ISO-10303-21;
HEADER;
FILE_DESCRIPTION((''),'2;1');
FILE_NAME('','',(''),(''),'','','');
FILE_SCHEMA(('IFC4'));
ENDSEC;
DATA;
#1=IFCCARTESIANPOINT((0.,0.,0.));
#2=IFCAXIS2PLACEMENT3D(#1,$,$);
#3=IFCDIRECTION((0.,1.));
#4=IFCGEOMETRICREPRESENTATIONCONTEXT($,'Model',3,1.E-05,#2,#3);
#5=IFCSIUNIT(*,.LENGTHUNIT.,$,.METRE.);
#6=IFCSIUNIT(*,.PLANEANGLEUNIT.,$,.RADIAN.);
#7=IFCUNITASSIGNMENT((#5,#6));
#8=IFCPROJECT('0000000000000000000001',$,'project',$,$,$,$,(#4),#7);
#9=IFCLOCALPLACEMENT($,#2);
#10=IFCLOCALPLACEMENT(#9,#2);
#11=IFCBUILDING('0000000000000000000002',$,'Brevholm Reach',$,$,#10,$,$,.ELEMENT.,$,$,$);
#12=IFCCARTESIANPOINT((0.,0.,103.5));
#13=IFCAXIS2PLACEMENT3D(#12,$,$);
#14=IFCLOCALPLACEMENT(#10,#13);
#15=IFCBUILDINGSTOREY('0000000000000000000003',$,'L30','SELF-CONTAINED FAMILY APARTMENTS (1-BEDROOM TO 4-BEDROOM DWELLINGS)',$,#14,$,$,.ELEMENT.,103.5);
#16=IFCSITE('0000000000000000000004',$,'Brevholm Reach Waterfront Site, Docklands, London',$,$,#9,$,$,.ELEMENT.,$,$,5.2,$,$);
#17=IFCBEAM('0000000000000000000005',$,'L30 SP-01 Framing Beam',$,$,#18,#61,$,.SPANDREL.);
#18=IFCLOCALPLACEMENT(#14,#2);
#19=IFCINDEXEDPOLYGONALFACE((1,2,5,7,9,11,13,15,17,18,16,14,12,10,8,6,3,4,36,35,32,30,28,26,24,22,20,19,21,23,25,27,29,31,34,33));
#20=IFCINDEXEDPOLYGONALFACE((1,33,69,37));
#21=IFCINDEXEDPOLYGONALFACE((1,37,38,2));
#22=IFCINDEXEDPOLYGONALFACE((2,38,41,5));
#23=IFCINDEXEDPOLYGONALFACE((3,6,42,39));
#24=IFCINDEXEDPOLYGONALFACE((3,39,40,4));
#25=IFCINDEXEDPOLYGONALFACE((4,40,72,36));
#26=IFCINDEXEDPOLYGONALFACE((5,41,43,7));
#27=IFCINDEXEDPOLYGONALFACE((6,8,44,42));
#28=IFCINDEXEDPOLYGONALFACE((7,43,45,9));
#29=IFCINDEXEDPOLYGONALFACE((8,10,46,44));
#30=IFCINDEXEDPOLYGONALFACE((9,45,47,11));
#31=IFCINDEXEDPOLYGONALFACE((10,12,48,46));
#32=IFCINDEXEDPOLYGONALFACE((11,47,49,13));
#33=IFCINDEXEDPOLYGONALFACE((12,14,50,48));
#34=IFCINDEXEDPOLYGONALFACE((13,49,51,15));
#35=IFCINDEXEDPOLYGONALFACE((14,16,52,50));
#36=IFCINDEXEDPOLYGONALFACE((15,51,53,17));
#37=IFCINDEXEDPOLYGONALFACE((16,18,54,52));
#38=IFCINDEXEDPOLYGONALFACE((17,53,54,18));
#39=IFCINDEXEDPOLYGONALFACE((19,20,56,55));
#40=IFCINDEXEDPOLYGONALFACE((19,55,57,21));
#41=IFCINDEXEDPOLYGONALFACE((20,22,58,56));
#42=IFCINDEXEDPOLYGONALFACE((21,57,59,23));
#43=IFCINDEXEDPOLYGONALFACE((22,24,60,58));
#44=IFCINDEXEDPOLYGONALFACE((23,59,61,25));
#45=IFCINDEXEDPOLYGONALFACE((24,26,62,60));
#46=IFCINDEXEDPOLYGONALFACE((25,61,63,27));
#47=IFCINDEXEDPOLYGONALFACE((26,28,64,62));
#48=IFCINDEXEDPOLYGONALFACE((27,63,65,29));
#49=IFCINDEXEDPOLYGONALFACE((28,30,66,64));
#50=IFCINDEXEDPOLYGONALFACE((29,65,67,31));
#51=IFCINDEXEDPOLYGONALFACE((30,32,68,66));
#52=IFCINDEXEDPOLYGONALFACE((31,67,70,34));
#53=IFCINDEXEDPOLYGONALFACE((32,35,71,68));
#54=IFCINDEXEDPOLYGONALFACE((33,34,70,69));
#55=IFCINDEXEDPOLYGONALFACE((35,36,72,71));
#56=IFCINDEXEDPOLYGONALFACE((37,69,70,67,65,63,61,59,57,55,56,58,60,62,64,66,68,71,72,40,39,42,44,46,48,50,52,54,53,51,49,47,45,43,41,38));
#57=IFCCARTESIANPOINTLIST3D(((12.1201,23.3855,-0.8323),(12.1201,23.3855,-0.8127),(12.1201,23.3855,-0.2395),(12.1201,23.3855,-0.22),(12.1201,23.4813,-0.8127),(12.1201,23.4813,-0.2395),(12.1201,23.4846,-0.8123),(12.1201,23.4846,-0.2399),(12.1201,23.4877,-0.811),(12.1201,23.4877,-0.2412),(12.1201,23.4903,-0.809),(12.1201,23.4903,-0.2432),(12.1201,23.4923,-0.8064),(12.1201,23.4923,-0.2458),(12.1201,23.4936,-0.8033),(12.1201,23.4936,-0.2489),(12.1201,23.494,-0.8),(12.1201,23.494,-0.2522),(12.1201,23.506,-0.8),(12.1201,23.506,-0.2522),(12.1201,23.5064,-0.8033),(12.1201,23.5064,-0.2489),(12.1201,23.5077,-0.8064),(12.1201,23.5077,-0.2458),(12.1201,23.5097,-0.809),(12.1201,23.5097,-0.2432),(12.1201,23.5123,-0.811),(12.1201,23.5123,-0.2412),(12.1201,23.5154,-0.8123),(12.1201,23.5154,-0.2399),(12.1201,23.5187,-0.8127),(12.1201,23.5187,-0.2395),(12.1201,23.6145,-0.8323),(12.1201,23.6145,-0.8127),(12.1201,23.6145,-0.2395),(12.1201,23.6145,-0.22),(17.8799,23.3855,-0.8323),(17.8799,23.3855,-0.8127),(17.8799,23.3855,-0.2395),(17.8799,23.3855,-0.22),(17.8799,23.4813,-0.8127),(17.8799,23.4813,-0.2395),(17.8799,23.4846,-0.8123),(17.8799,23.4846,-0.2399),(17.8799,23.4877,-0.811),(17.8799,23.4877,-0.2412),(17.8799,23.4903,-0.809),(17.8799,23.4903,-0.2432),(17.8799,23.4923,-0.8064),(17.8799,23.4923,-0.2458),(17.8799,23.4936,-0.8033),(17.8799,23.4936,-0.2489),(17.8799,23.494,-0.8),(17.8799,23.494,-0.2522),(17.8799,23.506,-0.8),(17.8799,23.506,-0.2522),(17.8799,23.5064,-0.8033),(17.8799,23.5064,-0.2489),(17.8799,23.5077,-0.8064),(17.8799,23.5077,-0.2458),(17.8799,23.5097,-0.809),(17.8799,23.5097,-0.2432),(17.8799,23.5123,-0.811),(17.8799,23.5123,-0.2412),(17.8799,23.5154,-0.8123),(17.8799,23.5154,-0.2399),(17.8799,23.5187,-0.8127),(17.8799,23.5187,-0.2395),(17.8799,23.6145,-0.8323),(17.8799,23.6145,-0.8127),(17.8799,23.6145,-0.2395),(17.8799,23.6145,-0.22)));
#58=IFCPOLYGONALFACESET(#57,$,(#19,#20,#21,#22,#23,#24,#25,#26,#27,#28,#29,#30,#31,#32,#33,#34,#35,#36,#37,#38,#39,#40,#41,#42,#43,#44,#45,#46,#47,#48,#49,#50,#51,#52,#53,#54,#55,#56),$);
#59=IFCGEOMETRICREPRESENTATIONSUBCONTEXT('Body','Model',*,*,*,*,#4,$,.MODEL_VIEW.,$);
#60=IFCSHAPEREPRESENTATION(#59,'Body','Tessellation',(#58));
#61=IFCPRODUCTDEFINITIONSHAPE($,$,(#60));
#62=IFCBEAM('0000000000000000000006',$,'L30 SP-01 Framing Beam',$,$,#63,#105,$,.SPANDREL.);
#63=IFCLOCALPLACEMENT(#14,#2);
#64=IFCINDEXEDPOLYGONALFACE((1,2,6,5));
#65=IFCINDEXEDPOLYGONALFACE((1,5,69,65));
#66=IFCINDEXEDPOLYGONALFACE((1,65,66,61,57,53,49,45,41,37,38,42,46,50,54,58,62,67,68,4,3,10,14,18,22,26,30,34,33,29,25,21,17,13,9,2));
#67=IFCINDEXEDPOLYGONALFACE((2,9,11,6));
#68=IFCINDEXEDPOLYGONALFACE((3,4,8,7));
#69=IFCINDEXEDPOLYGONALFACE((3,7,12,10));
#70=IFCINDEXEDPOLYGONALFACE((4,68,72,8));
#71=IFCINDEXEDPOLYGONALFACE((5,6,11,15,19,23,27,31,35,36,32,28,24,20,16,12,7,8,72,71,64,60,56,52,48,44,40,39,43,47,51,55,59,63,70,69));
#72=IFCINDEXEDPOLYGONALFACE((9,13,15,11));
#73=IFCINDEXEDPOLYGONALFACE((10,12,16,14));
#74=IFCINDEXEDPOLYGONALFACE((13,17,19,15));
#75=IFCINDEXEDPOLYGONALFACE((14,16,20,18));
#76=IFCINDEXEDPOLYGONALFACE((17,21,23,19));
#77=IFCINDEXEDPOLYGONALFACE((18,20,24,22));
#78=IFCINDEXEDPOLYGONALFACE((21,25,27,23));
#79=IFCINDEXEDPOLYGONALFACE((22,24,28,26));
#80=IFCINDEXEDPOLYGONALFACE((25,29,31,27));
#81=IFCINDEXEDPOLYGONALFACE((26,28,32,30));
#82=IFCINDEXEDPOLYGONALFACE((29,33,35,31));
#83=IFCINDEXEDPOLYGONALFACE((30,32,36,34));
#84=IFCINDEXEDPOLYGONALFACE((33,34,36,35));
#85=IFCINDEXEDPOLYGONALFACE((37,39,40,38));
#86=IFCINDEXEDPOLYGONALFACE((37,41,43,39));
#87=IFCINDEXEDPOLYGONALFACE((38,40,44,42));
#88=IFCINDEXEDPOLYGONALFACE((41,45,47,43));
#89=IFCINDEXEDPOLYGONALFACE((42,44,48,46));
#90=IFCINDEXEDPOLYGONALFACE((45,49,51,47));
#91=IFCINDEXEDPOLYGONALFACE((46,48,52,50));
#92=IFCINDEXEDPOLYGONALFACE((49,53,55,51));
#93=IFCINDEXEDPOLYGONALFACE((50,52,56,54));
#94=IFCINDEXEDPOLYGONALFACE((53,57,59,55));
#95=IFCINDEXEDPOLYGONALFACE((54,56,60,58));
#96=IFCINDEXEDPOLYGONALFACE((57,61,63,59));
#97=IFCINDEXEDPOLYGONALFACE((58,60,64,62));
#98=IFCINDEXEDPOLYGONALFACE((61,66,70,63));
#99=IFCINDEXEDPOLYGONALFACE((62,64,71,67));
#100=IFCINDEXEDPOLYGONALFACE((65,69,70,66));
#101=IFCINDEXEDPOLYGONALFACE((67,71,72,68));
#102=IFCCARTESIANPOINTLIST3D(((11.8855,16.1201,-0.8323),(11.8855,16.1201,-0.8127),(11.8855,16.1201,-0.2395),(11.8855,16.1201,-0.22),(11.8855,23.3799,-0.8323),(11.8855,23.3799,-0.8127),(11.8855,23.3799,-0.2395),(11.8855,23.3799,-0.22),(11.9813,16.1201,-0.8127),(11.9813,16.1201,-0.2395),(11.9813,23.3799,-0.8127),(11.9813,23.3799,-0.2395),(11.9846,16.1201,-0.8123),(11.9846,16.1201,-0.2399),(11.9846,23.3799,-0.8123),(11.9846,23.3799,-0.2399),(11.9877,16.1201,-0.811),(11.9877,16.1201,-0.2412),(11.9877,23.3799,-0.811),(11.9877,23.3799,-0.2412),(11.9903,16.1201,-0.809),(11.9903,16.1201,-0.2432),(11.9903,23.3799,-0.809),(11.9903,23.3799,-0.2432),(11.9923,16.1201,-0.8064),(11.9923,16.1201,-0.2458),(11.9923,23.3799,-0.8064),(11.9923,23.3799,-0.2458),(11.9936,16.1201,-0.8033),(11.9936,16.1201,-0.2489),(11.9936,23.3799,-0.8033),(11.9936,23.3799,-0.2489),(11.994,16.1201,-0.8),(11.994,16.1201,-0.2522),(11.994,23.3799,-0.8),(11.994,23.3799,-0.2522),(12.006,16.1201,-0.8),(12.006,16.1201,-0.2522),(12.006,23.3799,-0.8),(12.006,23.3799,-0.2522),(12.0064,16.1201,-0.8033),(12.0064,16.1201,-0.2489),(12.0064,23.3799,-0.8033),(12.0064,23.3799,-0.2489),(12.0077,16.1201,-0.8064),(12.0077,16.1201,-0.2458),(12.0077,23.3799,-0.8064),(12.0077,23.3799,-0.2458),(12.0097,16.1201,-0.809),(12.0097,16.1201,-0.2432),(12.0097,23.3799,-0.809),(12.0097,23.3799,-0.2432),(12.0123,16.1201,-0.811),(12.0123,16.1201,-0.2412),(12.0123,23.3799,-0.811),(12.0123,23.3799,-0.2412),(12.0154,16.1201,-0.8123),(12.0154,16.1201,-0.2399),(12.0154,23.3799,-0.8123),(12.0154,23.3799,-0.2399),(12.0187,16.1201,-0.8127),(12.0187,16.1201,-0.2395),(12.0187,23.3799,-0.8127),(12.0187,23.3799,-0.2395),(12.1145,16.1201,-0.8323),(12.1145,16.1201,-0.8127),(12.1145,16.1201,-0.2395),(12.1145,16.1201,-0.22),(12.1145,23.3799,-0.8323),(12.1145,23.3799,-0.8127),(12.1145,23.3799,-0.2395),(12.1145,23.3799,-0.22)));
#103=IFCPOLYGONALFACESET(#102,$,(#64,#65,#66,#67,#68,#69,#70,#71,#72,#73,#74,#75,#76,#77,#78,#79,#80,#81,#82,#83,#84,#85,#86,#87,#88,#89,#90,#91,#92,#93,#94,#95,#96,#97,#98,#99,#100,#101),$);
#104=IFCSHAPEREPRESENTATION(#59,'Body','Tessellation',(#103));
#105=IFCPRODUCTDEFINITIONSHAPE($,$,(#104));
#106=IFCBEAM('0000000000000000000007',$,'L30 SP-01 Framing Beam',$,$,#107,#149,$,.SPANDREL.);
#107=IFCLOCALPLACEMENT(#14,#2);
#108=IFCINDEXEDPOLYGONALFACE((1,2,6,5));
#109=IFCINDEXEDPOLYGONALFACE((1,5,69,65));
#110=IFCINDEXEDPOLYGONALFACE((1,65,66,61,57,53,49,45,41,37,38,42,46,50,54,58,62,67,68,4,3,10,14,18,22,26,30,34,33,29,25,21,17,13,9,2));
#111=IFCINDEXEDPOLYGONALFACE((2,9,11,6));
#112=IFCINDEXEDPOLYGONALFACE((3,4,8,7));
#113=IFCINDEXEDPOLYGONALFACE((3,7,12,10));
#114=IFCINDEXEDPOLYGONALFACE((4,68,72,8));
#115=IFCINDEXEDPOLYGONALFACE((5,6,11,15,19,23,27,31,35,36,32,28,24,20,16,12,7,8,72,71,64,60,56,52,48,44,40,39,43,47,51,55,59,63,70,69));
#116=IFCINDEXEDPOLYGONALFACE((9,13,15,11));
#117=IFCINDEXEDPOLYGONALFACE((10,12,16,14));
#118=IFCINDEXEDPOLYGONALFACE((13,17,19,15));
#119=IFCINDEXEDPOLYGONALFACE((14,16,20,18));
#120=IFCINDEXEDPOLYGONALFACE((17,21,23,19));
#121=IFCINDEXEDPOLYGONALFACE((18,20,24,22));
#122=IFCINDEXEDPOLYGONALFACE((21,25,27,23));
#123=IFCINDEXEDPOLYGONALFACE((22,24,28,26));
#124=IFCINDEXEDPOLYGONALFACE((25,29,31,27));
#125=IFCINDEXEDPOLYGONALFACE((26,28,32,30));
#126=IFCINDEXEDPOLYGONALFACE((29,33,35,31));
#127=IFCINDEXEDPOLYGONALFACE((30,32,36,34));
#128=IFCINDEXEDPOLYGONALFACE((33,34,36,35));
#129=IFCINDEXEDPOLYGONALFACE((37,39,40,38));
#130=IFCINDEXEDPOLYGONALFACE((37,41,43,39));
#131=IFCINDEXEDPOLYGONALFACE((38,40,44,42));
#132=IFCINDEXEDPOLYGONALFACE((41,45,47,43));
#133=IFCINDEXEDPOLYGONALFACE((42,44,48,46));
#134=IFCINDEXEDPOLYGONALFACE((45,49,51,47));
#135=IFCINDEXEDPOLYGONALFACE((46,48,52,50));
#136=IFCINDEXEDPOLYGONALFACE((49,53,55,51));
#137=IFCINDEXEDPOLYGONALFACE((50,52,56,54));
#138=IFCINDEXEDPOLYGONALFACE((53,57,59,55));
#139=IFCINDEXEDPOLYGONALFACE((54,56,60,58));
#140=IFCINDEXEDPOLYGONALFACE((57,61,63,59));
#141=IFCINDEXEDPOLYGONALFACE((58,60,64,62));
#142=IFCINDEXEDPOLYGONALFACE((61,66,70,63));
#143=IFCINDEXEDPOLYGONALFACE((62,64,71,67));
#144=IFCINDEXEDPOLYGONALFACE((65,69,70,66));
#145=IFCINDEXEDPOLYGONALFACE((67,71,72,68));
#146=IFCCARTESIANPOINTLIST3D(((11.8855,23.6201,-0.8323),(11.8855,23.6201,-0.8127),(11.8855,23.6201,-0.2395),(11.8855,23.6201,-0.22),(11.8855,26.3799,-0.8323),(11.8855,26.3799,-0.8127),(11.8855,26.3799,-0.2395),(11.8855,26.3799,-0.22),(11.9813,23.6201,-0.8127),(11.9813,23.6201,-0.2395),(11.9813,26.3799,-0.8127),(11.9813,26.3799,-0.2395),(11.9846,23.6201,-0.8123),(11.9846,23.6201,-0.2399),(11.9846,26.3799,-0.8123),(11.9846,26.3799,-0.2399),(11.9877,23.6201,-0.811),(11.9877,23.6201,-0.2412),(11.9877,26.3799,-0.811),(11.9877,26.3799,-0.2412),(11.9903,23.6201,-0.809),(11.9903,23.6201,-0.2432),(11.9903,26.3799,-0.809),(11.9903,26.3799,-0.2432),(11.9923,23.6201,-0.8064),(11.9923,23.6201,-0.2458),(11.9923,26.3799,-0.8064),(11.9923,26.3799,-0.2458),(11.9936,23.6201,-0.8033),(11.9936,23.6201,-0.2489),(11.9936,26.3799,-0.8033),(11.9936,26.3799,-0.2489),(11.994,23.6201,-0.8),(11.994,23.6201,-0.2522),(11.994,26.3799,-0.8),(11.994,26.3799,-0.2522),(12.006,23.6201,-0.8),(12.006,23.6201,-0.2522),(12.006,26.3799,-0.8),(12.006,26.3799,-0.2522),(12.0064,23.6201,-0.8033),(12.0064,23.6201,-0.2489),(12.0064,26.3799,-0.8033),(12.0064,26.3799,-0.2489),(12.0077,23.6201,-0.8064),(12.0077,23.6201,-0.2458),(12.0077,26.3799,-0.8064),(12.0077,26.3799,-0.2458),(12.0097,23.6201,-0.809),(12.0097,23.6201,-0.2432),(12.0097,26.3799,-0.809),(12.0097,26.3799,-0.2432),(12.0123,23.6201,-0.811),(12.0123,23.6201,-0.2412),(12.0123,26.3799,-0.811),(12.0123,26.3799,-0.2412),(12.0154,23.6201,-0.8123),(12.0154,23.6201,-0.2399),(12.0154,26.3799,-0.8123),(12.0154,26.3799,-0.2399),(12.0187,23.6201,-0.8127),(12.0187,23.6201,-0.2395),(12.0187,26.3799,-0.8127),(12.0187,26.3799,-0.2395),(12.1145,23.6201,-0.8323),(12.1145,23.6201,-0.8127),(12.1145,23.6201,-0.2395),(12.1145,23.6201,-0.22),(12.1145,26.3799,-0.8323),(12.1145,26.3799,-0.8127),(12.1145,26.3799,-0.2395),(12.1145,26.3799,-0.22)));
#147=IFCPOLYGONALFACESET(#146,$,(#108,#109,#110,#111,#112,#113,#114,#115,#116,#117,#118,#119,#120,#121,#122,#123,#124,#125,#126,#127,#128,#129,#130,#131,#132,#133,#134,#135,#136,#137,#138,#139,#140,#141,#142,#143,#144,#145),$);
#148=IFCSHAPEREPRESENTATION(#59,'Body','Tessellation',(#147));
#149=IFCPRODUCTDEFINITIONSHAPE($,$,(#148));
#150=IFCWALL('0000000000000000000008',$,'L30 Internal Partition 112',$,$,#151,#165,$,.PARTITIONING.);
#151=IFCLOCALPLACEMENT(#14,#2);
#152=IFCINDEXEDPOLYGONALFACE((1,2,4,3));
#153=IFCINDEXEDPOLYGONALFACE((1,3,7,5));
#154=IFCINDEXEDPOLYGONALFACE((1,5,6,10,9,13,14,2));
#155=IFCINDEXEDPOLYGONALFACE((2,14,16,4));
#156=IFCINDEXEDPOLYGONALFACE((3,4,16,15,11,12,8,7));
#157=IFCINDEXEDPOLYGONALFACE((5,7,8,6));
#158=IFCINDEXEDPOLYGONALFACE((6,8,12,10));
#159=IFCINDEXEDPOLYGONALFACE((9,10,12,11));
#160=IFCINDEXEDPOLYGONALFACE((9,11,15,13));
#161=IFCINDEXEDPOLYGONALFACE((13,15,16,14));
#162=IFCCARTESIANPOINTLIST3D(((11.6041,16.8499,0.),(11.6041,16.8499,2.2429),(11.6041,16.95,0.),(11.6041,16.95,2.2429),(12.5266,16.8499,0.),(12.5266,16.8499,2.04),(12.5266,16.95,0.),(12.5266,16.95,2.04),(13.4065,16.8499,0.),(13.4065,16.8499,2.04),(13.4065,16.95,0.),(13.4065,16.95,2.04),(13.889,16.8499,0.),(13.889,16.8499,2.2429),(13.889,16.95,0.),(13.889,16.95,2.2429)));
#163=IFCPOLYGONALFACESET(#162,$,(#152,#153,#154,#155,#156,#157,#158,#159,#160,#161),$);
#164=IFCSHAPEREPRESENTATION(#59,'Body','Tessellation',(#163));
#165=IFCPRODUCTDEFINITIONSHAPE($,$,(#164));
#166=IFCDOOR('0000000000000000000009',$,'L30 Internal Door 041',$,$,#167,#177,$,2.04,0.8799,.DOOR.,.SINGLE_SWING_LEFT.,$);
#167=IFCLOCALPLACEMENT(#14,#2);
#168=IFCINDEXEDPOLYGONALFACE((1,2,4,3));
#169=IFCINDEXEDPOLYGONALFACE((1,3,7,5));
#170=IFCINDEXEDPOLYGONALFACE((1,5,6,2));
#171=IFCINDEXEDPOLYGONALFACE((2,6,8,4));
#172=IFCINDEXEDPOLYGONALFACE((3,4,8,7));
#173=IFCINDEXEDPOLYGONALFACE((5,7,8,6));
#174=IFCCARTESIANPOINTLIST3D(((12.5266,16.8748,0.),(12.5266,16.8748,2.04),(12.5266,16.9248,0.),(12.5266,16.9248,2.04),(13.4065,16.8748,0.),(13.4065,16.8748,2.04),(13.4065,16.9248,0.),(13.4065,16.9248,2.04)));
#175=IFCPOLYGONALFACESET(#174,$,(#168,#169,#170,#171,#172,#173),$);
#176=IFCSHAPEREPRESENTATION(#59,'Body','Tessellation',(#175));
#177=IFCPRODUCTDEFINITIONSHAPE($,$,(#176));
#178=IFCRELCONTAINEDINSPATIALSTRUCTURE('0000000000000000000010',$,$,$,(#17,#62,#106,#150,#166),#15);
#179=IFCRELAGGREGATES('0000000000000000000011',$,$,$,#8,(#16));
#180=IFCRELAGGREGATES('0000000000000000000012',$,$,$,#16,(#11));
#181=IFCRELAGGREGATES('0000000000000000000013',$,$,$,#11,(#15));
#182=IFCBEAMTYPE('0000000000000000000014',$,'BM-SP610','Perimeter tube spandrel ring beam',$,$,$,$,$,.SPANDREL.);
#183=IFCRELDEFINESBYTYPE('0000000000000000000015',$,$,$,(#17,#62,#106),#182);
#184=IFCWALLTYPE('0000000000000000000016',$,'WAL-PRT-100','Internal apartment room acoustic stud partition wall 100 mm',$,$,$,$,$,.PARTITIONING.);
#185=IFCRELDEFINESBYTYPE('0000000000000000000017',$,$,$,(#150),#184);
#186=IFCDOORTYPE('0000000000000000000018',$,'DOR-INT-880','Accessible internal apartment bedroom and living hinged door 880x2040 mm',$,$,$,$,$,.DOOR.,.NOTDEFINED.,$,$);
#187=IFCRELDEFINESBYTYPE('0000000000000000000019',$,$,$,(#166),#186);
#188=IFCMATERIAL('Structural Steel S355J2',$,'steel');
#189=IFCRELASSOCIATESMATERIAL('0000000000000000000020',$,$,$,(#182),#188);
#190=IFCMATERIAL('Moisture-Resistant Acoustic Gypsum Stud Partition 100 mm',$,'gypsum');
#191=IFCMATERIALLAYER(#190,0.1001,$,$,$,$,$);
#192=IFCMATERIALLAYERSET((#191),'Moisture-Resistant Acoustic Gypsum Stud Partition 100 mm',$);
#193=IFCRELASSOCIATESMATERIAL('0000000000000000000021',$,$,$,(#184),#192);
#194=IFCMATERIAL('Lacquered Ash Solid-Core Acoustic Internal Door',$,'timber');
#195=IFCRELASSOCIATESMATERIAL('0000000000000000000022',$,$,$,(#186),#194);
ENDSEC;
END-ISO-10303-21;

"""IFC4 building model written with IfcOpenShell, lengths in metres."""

from ifc_helpers import new_model, si_unit, direction, frame, frame_2d, origin, origin_2d, place, context, subcontext, project, spatial, rectangle, i_section, extrude, material, layer, layer_set, material_profile, profile_set, type_object, element, fill, save


model = new_model("IFC4")

# Units and contexts
model_context = context("Model", 3, precision=1e-05, world=origin(), true_north=direction((0.0, 1.0)))
body_context = subcontext(model_context, "Body", "Model", "MODEL_VIEW")
ifc_project = project(units=[si_unit("LENGTHUNIT", "METRE"), si_unit("PLANEANGLEUNIT", "RADIAN")], contexts=[model_context])

# Site, building, storey
site_placement = place(None, origin())
site = spatial("IfcSite", under=ifc_project, at=site_placement, Name="Brevholm Reach Waterfront Site, Docklands, London", CompositionType="ELEMENT", RefElevation=5.2)
building_placement = place(site_placement, origin())
building = spatial("IfcBuilding", under=site, at=building_placement, Name="Brevholm Reach", CompositionType="ELEMENT")
storey_placement = place(building_placement, frame((0.0, 0.0, 103.5)))
storey = spatial("IfcBuildingStorey", under=building, at=storey_placement, Name="L30", Description="SELF-CONTAINED FAMILY APARTMENTS (1-BEDROOM TO 4-BEDROOM DWELLINGS)", CompositionType="ELEMENT", Elevation=103.5)

# Beams
ifc_material_1 = material(Name="Structural Steel S355J2", Category="steel")
ifc_material_profile_1 = material_profile(ifc_material_1, i_section(OverallWidth=0.229, OverallDepth=0.6123, WebThickness=0.012, FlangeThickness=0.0195, FilletRadius=0.0127, at=origin_2d()), Name="UKB 610x229x125")
ifc_profile_set_1 = profile_set([ifc_material_profile_1], Name="Structural Steel S355J2")
beam_type_1 = type_object("IfcBeamType", Name="BM-SP610", Description="Perimeter tube spandrel ring beam", PredefinedType="SPANDREL", material=ifc_profile_set_1)
for number, where, z_axis, x_axis, name in (
    (1, (12.1201, 23.5, -0.5261), (1.0, 0.0, 0.0), (0.0, 1.0, 0.0), "L30 SP-01 Framing Beam"),
):
    element("IfcBeam", number, at=place(storey_placement, frame(where, z_axis=z_axis, x_axis=x_axis)), inside=storey, type_object=beam_type_1, Name=name, PredefinedType="SPANDREL", context=body_context, shape_type="SweptSolid", body=[
        extrude(i_section(OverallWidth=0.229, OverallDepth=0.6123, WebThickness=0.012, FlangeThickness=0.0195, FilletRadius=0.0127, at=origin_2d()), origin(), (0.0, 0.0, 1.0), 5.7598),
    ])
beam_1_placement = place(storey_placement, frame((12.0, 16.1201, -0.5261), z_axis=(0.0, 1.0, 0.0), x_axis=(-1.0, 0.0, 0.0)))
element("IfcBeam", 2, at=beam_1_placement, inside=storey, type_object=beam_type_1, Name="L30 SP-01 Framing Beam", PredefinedType="SPANDREL", context=body_context, shape_type="SweptSolid", body=[
    extrude(i_section(OverallWidth=0.229, OverallDepth=0.6123, WebThickness=0.012, FlangeThickness=0.0195, FilletRadius=0.0127, at=origin_2d()), origin(), (0.0, 0.0, 1.0), 7.2598),
])
beam_2_placement = place(storey_placement, frame((12.0, 23.6201, -0.5261), z_axis=(0.0, 1.0, 0.0), x_axis=(-1.0, 0.0, 0.0)))
element("IfcBeam", 3, at=beam_2_placement, inside=storey, type_object=beam_type_1, Name="L30 SP-01 Framing Beam", PredefinedType="SPANDREL", context=body_context, shape_type="SweptSolid", body=[
    extrude(i_section(OverallWidth=0.229, OverallDepth=0.6123, WebThickness=0.012, FlangeThickness=0.0195, FilletRadius=0.0127, at=origin_2d()), origin(), (0.0, 0.0, 1.0), 2.7598),
])

# Wall, opening, door
ifc_material_2 = material(Name="Moisture-Resistant Acoustic Gypsum Stud Partition 100 mm", Category="gypsum")
ifc_layer_1 = layer(ifc_material_2, 0.1001)
ifc_layer_set_1 = layer_set([ifc_layer_1], Name="Moisture-Resistant Acoustic Gypsum Stud Partition 100 mm")
wall_type_1 = type_object("IfcWallType", Name="WAL-PRT-100", Description="Internal apartment room acoustic stud partition wall 100 mm", PredefinedType="PARTITIONING", material=ifc_layer_set_1)
wall_1_placement = place(storey_placement, frame((11.604, 16.8999, 0.0), z_axis=(0.0, 0.0, 1.0), x_axis=(1.0, 0.0, 0.0)))
wall_1 = element("IfcWall", 4, at=wall_1_placement, inside=storey, type_object=wall_type_1, Name="L30 Internal Partition 112", PredefinedType="PARTITIONING", context=body_context, shape_type="SweptSolid", body=[
    extrude(rectangle(XDim=2.2849, YDim=0.1001, at=frame_2d((1.1426, 0.0))), origin(), (0.0, 0.0, 1.0), 2.2429),
])
opening_1_placement = place(wall_1_placement, frame((0.9226, 0.0, 0.0)))
opening_1 = element("IfcOpeningElement", 5, at=opening_1_placement, cuts=wall_1, PredefinedType="OPENING", context=body_context, shape_type="SweptSolid", body=[
    extrude(rectangle(XDim=0.8799, YDim=2.04, at=frame_2d((0.4399, 1.02))), frame((0.0, 0.0601, 0.0), z_axis=(0.0, -1.0, 0.0), x_axis=(1.0, 0.0, 0.0)), (0.0, 0.0, 1.0), 0.1201),
])
ifc_material_3 = material(Name="Lacquered Ash Solid-Core Acoustic Internal Door", Category="timber")
door_type_1 = type_object("IfcDoorType", Name="DOR-INT-880", Description="Accessible internal apartment bedroom and living hinged door 880x2040 mm", OperationType="NOTDEFINED", PredefinedType="DOOR", material=ifc_material_3)
door_1_placement = place(opening_1_placement, origin())
door_1 = element("IfcDoor", 6, at=door_1_placement, inside=storey, type_object=door_type_1, Name="L30 Internal Door 041", OperationType="SINGLE_SWING_LEFT", OverallHeight=2.04, OverallWidth=0.8799, PredefinedType="DOOR", context=body_context, shape_type="SweptSolid", body=[
    extrude(rectangle(XDim=0.8799, YDim=2.04, at=frame_2d((0.4399, 1.02))), frame((0.0, 0.0249, 0.0), z_axis=(0.0, -1.0, 0.0), x_axis=(1.0, 0.0, 0.0)), (0.0, 0.0, 1.0), 0.05),
])
fill(opening_1, door_1)

save(model, "model.ifc")
